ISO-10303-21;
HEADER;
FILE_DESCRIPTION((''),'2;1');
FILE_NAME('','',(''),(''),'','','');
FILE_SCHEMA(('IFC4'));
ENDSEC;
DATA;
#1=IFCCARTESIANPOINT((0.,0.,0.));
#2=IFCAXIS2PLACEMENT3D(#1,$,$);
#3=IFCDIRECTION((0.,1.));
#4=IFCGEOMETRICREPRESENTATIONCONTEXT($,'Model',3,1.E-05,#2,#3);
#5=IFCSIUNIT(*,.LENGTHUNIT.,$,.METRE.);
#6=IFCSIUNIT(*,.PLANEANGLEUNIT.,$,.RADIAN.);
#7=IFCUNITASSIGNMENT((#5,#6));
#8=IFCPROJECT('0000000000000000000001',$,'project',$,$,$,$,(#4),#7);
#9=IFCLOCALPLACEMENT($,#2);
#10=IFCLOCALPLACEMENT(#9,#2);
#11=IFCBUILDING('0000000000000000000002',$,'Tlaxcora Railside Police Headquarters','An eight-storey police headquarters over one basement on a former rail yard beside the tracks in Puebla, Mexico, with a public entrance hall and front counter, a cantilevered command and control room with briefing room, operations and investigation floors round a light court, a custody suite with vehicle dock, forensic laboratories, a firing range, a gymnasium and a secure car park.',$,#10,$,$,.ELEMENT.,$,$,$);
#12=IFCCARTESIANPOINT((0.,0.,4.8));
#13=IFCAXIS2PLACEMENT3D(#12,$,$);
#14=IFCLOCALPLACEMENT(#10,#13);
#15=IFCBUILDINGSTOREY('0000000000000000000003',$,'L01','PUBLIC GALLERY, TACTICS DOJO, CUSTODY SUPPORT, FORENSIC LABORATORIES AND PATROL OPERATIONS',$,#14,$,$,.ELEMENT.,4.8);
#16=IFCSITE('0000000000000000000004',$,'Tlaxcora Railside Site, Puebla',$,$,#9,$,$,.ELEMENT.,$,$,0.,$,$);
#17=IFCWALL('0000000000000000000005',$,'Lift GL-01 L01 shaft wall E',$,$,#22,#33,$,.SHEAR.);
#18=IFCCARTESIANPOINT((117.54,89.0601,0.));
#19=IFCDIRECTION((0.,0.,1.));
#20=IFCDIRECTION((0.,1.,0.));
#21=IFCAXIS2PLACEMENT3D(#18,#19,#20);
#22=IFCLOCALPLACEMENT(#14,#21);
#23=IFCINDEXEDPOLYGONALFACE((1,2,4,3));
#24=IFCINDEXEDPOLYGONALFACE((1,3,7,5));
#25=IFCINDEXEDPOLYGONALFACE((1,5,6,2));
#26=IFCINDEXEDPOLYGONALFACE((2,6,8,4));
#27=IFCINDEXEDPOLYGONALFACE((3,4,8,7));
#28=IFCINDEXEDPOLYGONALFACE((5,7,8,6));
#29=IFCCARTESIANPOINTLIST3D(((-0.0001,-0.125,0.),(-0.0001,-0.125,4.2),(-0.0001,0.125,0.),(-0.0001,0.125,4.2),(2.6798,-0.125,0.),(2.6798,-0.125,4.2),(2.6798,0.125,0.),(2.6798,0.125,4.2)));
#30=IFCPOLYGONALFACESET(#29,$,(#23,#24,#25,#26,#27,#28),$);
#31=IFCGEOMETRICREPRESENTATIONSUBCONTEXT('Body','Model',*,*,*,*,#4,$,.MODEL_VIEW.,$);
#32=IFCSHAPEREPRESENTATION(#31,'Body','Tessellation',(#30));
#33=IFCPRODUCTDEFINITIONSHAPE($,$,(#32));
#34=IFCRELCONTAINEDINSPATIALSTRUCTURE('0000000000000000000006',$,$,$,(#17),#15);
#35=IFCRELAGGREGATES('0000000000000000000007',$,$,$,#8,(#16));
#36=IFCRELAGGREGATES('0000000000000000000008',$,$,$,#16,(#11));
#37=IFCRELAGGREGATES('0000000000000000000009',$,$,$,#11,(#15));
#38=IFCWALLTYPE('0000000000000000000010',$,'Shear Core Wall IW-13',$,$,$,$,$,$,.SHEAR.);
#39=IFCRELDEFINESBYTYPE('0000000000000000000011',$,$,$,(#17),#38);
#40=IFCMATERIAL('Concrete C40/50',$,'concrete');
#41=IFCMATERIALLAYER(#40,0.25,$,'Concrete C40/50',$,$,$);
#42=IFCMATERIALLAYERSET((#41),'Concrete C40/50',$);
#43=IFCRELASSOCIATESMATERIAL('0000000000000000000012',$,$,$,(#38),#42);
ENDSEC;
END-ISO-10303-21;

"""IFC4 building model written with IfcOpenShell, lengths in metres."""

from ifc_helpers import new_model, si_unit, direction, frame, frame_2d, origin, place, context, subcontext, project, spatial, rectangle, extrude, material, layer, layer_set, type_object, element, save


model = new_model("IFC4")

# Units and contexts
model_context = context("Model", 3, precision=1e-05, world=origin(), true_north=direction((0.0, 1.0)))
body_context = subcontext(model_context, "Body", "Model", "MODEL_VIEW")
ifc_project = project(units=[si_unit("LENGTHUNIT", "METRE"), si_unit("PLANEANGLEUNIT", "RADIAN")], contexts=[model_context])

# Site, building, storey
site_placement = place(None, origin())
site = spatial("IfcSite", under=ifc_project, at=site_placement, Name="Tlaxcora Railside Site, Puebla", CompositionType="ELEMENT", RefElevation=0.0)
building_placement = place(site_placement, origin())
building = spatial("IfcBuilding", under=site, at=building_placement, Name="Tlaxcora Railside Police Headquarters", Description="An eight-storey police headquarters over one basement on a former rail yard beside the tracks in Puebla, Mexico, with a public entrance hall and front counter, a cantilevered command and control room with briefing room, operations and investigation floors round a light court, a custody suite with vehicle dock, forensic laboratories, a firing range, a gymnasium and a secure car park.", CompositionType="ELEMENT")
storey_placement = place(building_placement, frame((0.0, 0.0, 4.8)))
storey = spatial("IfcBuildingStorey", under=building, at=storey_placement, Name="L01", Description="PUBLIC GALLERY, TACTICS DOJO, CUSTODY SUPPORT, FORENSIC LABORATORIES AND PATROL OPERATIONS", CompositionType="ELEMENT", Elevation=4.8)

# Shared definitions
ifc_material_1 = material(Name="Concrete C40/50", Category="concrete")

# Shared definitions
ifc_layer_1 = layer(ifc_material_1, 0.25, Name="Concrete C40/50")
ifc_layer_set_1 = layer_set([ifc_layer_1], Name="Concrete C40/50")
wall_type_1 = type_object("IfcWallType", Name="Shear Core Wall IW-13", PredefinedType="SHEAR", material=ifc_layer_set_1)

# Wall
wall_1_placement = place(storey_placement, frame((117.54, 89.0601, 0.0), z_axis=(0.0, 0.0, 1.0), x_axis=(0.0, 1.0, 0.0)))
element("IfcWall", 1, at=wall_1_placement, inside=storey, type_object=wall_type_1, Name="Lift GL-01 L01 shaft wall E", PredefinedType="SHEAR", context=body_context, shape_type="SweptSolid", body=[
    extrude(rectangle(XDim=2.6799, YDim=0.25, at=frame_2d((1.3398, 0.0))), origin(), (0.0, 0.0, 1.0), 4.2),
])

save(model, "model.ifc")
